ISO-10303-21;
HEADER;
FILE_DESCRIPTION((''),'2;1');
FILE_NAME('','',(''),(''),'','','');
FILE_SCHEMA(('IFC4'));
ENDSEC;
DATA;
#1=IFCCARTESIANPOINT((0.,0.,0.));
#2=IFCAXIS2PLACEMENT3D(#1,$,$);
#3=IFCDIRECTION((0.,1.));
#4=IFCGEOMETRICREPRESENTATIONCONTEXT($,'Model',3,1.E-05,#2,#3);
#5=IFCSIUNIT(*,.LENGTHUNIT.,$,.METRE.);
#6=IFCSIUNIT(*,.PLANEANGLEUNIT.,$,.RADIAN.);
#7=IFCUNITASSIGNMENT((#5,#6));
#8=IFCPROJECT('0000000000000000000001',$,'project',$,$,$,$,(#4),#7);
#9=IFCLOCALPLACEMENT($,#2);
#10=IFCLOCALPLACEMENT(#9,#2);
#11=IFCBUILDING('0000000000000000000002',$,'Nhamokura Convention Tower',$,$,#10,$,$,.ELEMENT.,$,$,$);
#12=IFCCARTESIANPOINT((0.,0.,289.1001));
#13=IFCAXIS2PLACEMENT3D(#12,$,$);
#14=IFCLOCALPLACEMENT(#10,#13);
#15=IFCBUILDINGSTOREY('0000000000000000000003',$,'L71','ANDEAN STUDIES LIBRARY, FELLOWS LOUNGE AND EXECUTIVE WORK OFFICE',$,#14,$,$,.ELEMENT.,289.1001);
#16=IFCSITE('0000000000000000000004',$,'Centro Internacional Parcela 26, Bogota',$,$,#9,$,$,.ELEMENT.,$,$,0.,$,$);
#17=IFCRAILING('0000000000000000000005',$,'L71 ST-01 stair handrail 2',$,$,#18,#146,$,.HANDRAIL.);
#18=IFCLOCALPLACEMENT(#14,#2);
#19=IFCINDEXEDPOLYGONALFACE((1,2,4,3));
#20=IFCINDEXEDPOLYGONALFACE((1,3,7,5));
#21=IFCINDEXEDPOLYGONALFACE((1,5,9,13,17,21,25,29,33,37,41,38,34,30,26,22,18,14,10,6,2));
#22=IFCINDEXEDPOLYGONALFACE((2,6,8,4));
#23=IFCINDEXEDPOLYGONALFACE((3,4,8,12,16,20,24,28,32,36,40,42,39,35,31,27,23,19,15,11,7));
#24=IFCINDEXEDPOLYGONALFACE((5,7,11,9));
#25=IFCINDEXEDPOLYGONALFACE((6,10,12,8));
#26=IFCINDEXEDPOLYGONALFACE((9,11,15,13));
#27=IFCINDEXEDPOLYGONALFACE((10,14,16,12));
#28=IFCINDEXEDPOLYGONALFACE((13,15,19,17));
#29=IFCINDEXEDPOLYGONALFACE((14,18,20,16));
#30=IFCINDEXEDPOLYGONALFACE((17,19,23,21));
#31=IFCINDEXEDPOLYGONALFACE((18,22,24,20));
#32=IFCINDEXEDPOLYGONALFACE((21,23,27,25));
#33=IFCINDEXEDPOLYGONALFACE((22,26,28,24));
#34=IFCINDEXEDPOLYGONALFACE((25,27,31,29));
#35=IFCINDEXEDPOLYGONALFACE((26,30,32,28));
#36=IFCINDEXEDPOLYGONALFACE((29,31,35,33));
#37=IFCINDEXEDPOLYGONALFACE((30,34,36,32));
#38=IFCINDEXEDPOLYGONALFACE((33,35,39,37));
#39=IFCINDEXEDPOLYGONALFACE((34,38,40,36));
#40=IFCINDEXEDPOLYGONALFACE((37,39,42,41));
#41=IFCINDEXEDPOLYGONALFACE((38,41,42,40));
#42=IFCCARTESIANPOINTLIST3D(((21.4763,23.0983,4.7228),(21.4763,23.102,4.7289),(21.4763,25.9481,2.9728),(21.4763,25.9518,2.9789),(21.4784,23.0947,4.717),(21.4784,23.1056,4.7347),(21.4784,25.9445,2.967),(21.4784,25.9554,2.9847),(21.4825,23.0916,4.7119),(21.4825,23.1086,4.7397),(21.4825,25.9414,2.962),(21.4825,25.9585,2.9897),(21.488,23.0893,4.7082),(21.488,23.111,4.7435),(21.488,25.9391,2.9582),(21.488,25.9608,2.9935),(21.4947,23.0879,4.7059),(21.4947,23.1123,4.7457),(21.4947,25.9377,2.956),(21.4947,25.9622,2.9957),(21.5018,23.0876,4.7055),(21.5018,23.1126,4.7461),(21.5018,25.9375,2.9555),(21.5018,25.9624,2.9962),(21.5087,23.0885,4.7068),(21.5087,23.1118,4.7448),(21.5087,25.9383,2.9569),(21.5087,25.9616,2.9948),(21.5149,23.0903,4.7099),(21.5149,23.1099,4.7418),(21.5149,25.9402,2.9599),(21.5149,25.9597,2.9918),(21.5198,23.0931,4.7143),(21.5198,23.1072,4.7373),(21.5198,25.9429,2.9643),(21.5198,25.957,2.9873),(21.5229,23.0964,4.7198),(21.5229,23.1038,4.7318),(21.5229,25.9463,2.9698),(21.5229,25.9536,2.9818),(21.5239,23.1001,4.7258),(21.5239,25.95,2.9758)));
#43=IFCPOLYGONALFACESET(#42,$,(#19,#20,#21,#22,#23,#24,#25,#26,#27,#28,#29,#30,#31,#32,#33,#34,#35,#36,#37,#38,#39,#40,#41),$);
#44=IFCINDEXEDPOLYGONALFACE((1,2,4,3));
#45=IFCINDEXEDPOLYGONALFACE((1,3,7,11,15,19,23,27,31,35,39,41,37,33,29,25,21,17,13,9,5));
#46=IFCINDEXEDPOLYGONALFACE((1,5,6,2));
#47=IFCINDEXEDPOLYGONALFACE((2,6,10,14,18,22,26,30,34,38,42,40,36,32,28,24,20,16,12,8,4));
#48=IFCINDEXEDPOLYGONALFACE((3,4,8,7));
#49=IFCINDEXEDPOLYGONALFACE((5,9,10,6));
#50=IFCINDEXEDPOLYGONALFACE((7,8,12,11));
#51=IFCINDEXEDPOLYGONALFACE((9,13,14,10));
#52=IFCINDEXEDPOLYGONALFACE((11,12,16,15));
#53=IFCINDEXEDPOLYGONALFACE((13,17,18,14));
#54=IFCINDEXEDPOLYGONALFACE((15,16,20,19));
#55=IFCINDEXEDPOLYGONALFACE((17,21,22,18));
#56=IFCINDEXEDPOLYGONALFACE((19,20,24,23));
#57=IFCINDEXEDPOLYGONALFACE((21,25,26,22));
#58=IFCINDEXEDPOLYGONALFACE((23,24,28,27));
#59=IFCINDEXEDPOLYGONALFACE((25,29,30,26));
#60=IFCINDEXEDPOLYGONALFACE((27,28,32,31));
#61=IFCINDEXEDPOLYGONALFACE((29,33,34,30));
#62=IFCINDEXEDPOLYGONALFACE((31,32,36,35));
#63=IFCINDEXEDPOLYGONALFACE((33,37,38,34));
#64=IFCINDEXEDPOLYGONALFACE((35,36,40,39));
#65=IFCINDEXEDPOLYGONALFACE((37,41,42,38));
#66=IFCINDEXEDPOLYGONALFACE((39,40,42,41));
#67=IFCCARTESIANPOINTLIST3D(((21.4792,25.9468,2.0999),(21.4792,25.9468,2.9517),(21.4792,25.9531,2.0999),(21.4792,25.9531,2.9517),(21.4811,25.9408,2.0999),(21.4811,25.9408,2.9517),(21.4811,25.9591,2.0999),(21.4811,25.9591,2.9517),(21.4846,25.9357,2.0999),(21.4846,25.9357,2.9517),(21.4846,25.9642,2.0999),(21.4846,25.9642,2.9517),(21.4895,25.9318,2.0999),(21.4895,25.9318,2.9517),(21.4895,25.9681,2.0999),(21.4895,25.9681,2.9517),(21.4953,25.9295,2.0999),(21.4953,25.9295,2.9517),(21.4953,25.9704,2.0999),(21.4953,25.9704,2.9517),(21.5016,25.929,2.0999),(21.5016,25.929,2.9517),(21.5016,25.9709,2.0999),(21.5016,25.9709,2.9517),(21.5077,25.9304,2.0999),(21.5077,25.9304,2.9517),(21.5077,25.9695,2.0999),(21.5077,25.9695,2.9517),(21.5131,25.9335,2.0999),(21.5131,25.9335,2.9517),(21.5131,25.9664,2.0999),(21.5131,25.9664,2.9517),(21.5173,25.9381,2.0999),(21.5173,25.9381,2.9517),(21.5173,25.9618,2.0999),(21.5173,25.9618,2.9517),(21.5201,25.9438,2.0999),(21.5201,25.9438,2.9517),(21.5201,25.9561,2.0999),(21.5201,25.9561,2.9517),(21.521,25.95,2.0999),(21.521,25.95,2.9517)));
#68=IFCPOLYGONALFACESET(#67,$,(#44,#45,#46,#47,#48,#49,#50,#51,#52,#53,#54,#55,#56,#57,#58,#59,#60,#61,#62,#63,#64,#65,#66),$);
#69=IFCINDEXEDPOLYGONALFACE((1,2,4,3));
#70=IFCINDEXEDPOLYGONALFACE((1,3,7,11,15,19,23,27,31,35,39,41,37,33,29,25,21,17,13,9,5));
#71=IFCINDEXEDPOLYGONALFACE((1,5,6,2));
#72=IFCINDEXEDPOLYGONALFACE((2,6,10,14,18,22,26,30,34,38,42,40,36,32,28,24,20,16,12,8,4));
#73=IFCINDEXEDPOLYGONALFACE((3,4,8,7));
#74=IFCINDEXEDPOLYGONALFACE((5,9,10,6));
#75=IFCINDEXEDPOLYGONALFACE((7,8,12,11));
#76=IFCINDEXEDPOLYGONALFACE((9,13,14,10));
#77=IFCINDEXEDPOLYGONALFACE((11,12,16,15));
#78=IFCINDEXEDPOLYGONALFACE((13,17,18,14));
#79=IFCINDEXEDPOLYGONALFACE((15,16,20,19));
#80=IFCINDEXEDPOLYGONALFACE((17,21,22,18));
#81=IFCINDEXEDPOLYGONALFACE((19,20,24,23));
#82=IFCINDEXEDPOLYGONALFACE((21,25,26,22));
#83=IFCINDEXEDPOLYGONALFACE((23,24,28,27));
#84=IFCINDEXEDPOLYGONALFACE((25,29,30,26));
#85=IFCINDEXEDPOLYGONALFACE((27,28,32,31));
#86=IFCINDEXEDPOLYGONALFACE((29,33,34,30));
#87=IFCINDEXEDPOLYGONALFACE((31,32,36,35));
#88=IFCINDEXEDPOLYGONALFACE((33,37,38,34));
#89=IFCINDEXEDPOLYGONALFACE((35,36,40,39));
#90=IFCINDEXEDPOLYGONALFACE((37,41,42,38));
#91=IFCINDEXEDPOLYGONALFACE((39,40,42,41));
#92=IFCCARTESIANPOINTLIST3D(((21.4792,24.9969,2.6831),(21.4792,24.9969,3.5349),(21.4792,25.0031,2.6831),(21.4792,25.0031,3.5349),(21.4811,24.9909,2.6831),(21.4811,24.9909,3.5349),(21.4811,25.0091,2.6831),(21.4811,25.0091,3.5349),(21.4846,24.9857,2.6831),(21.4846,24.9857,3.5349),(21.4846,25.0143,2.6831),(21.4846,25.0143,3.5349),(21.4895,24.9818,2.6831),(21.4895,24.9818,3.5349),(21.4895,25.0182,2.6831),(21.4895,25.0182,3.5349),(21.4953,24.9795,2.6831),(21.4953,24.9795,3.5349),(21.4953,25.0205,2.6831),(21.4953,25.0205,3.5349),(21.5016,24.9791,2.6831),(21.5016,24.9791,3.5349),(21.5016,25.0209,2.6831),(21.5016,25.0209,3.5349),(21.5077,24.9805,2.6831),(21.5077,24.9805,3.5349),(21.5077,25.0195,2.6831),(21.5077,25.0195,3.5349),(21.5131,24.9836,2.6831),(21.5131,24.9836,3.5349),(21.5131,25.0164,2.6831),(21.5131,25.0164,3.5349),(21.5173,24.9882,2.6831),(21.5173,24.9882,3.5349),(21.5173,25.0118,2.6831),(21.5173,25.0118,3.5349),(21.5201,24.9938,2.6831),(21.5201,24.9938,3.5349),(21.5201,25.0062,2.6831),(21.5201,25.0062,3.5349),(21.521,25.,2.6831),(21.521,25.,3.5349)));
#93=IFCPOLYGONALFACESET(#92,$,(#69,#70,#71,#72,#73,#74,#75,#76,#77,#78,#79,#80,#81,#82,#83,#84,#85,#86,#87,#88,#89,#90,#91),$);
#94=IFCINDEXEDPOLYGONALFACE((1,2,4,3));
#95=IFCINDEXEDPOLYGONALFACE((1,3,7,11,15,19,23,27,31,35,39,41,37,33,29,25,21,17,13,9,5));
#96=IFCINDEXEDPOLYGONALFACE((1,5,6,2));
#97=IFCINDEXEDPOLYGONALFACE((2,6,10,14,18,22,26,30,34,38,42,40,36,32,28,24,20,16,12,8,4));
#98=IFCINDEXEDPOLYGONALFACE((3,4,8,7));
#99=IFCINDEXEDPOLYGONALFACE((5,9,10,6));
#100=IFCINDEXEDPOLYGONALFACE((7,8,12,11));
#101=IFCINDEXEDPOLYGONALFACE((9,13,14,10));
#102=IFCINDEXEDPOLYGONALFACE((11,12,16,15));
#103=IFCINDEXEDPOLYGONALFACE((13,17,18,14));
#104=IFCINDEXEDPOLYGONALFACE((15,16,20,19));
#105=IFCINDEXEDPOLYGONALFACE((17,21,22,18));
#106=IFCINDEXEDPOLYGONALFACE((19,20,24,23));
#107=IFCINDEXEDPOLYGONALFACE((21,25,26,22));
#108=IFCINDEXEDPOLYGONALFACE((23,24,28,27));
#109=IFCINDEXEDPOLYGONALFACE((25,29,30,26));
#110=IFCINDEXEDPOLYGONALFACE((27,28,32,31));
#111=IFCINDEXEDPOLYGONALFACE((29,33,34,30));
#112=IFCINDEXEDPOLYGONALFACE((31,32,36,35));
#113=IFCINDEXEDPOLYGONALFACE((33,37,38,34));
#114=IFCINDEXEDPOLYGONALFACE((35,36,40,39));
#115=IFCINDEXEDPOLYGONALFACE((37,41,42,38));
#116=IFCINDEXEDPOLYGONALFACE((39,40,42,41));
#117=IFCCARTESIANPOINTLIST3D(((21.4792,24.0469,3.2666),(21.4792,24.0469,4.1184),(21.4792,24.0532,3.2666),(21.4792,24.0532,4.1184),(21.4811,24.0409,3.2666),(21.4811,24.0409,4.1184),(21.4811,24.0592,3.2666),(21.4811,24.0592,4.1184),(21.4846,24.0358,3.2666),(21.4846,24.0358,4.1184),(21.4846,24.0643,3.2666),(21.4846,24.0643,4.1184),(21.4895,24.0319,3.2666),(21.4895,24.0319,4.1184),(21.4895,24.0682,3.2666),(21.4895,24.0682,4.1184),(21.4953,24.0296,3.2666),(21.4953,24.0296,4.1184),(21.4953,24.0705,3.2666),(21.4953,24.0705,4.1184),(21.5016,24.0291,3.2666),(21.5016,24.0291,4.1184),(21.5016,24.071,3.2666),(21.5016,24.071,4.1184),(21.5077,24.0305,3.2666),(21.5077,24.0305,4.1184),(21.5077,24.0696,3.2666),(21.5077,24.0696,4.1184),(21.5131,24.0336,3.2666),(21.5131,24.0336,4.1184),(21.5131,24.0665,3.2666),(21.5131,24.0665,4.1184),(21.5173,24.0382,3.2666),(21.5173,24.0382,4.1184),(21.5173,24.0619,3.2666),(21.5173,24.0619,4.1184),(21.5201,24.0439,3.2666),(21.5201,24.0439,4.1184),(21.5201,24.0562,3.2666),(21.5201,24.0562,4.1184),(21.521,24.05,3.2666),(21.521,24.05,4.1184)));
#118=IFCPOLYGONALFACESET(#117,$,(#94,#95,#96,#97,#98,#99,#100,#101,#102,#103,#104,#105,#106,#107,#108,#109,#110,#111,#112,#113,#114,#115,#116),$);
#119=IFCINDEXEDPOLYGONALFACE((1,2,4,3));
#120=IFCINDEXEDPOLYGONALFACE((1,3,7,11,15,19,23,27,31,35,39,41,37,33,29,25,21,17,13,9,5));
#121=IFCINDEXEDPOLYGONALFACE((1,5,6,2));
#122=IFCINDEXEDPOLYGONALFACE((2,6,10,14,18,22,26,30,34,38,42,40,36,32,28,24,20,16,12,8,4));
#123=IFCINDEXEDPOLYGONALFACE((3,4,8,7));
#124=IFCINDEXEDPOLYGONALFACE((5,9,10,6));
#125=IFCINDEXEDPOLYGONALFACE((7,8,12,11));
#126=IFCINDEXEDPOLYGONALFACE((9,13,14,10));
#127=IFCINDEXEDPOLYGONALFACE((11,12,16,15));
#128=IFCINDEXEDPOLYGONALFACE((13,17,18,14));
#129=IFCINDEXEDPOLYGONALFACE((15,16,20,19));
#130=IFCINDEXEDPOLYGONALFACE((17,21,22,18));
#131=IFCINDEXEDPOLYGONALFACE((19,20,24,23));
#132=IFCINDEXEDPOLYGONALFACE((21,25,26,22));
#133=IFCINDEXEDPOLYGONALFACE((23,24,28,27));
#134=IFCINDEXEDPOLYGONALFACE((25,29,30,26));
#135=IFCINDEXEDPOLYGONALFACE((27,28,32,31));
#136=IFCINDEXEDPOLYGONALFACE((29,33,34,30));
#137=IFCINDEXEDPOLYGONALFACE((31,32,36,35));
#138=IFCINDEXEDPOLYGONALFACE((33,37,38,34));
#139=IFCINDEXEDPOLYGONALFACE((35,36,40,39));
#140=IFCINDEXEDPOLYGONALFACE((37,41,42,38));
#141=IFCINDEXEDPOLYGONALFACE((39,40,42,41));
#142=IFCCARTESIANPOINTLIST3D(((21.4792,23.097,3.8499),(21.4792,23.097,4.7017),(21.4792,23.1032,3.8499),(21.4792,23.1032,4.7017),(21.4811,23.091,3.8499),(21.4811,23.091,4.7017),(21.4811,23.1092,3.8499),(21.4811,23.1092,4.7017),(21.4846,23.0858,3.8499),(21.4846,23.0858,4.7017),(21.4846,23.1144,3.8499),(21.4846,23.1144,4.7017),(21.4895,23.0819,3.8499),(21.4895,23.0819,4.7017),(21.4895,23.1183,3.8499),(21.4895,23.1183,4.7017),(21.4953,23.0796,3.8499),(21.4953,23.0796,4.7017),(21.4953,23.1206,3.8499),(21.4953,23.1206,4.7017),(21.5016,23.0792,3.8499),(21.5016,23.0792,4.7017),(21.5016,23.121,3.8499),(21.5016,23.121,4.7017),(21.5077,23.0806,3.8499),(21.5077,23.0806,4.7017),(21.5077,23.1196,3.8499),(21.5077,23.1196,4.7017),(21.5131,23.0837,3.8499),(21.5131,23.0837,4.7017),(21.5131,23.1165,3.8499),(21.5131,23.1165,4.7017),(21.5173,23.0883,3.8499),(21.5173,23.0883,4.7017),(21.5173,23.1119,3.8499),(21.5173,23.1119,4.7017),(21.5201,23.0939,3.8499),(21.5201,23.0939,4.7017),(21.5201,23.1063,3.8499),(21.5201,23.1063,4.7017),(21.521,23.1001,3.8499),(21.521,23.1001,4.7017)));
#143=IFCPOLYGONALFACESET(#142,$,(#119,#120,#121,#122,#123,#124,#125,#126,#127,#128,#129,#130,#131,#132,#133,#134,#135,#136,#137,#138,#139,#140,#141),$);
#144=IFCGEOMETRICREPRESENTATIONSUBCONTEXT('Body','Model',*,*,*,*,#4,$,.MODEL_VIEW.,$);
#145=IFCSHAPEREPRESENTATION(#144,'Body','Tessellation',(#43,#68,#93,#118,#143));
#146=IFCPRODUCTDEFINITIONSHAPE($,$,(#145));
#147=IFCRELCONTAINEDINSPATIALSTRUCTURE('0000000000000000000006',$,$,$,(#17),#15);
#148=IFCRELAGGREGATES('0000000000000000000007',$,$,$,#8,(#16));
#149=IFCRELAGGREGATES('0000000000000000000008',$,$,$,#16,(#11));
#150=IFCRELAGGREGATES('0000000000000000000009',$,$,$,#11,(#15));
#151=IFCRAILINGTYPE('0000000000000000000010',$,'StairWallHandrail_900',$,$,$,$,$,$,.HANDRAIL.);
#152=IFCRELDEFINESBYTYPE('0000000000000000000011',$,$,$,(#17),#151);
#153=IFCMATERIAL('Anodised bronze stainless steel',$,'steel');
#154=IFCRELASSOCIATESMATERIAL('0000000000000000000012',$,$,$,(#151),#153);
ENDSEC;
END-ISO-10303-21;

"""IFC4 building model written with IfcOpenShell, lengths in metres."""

from ifc_helpers import new_model, si_unit, direction, frame, origin, origin_2d, place, context, subcontext, project, spatial, circle, extrude, material, type_object, element, save


model = new_model("IFC4")

# Units and contexts
model_context = context("Model", 3, precision=1e-05, world=origin(), true_north=direction((0.0, 1.0)))
body_context = subcontext(model_context, "Body", "Model", "MODEL_VIEW")
ifc_project = project(units=[si_unit("LENGTHUNIT", "METRE"), si_unit("PLANEANGLEUNIT", "RADIAN")], contexts=[model_context])

# Site, building, storey
site_placement = place(None, origin())
site = spatial("IfcSite", under=ifc_project, at=site_placement, Name="Centro Internacional Parcela 26, Bogota", CompositionType="ELEMENT", RefElevation=0.0)
building_placement = place(site_placement, origin())
building = spatial("IfcBuilding", under=site, at=building_placement, Name="Nhamokura Convention Tower", CompositionType="ELEMENT")
storey_placement = place(building_placement, frame((0.0, 0.0, 289.1001)))
storey = spatial("IfcBuildingStorey", under=building, at=storey_placement, Name="L71", Description="ANDEAN STUDIES LIBRARY, FELLOWS LOUNGE AND EXECUTIVE WORK OFFICE", CompositionType="ELEMENT", Elevation=289.1001)

# Railing
ifc_material_1 = material(Name="Anodised bronze stainless steel", Category="steel")
railing_type_1 = type_object("IfcRailingType", Name="StairWallHandrail_900", PredefinedType="HANDRAIL", material=ifc_material_1)
railing_1_placement = place(storey_placement, frame((21.5, 25.95, 2.0999)))
element("IfcRailing", 1, at=railing_1_placement, inside=storey, type_object=railing_type_1, Name="L71 ST-01 stair handrail 2", PredefinedType="HANDRAIL", context=body_context, shape_type="SweptSolid", body=[
    extrude(circle(Radius=0.0239, at=origin_2d()), frame((0.0, 0.0, 0.876), z_axis=(0.0, -0.852159, 0.523283), x_axis=(1.0, 0.0, 0.0)), (0.0, 0.0, 1.0), 3.3442),
    extrude(circle(Radius=0.021, at=origin_2d()), origin(), (0.0, 0.0, 1.0), 0.8518),
    extrude(circle(Radius=0.021, at=origin_2d()), frame((0.0, -0.95, 0.5833)), (0.0, 0.0, 1.0), 0.8518),
    extrude(circle(Radius=0.021, at=origin_2d()), frame((0.0, -1.8999, 1.1667)), (0.0, 0.0, 1.0), 0.8518),
    extrude(circle(Radius=0.021, at=origin_2d()), frame((0.0, -2.8499, 1.75)), (0.0, 0.0, 1.0), 0.8518),
])

save(model, "model.ifc")
